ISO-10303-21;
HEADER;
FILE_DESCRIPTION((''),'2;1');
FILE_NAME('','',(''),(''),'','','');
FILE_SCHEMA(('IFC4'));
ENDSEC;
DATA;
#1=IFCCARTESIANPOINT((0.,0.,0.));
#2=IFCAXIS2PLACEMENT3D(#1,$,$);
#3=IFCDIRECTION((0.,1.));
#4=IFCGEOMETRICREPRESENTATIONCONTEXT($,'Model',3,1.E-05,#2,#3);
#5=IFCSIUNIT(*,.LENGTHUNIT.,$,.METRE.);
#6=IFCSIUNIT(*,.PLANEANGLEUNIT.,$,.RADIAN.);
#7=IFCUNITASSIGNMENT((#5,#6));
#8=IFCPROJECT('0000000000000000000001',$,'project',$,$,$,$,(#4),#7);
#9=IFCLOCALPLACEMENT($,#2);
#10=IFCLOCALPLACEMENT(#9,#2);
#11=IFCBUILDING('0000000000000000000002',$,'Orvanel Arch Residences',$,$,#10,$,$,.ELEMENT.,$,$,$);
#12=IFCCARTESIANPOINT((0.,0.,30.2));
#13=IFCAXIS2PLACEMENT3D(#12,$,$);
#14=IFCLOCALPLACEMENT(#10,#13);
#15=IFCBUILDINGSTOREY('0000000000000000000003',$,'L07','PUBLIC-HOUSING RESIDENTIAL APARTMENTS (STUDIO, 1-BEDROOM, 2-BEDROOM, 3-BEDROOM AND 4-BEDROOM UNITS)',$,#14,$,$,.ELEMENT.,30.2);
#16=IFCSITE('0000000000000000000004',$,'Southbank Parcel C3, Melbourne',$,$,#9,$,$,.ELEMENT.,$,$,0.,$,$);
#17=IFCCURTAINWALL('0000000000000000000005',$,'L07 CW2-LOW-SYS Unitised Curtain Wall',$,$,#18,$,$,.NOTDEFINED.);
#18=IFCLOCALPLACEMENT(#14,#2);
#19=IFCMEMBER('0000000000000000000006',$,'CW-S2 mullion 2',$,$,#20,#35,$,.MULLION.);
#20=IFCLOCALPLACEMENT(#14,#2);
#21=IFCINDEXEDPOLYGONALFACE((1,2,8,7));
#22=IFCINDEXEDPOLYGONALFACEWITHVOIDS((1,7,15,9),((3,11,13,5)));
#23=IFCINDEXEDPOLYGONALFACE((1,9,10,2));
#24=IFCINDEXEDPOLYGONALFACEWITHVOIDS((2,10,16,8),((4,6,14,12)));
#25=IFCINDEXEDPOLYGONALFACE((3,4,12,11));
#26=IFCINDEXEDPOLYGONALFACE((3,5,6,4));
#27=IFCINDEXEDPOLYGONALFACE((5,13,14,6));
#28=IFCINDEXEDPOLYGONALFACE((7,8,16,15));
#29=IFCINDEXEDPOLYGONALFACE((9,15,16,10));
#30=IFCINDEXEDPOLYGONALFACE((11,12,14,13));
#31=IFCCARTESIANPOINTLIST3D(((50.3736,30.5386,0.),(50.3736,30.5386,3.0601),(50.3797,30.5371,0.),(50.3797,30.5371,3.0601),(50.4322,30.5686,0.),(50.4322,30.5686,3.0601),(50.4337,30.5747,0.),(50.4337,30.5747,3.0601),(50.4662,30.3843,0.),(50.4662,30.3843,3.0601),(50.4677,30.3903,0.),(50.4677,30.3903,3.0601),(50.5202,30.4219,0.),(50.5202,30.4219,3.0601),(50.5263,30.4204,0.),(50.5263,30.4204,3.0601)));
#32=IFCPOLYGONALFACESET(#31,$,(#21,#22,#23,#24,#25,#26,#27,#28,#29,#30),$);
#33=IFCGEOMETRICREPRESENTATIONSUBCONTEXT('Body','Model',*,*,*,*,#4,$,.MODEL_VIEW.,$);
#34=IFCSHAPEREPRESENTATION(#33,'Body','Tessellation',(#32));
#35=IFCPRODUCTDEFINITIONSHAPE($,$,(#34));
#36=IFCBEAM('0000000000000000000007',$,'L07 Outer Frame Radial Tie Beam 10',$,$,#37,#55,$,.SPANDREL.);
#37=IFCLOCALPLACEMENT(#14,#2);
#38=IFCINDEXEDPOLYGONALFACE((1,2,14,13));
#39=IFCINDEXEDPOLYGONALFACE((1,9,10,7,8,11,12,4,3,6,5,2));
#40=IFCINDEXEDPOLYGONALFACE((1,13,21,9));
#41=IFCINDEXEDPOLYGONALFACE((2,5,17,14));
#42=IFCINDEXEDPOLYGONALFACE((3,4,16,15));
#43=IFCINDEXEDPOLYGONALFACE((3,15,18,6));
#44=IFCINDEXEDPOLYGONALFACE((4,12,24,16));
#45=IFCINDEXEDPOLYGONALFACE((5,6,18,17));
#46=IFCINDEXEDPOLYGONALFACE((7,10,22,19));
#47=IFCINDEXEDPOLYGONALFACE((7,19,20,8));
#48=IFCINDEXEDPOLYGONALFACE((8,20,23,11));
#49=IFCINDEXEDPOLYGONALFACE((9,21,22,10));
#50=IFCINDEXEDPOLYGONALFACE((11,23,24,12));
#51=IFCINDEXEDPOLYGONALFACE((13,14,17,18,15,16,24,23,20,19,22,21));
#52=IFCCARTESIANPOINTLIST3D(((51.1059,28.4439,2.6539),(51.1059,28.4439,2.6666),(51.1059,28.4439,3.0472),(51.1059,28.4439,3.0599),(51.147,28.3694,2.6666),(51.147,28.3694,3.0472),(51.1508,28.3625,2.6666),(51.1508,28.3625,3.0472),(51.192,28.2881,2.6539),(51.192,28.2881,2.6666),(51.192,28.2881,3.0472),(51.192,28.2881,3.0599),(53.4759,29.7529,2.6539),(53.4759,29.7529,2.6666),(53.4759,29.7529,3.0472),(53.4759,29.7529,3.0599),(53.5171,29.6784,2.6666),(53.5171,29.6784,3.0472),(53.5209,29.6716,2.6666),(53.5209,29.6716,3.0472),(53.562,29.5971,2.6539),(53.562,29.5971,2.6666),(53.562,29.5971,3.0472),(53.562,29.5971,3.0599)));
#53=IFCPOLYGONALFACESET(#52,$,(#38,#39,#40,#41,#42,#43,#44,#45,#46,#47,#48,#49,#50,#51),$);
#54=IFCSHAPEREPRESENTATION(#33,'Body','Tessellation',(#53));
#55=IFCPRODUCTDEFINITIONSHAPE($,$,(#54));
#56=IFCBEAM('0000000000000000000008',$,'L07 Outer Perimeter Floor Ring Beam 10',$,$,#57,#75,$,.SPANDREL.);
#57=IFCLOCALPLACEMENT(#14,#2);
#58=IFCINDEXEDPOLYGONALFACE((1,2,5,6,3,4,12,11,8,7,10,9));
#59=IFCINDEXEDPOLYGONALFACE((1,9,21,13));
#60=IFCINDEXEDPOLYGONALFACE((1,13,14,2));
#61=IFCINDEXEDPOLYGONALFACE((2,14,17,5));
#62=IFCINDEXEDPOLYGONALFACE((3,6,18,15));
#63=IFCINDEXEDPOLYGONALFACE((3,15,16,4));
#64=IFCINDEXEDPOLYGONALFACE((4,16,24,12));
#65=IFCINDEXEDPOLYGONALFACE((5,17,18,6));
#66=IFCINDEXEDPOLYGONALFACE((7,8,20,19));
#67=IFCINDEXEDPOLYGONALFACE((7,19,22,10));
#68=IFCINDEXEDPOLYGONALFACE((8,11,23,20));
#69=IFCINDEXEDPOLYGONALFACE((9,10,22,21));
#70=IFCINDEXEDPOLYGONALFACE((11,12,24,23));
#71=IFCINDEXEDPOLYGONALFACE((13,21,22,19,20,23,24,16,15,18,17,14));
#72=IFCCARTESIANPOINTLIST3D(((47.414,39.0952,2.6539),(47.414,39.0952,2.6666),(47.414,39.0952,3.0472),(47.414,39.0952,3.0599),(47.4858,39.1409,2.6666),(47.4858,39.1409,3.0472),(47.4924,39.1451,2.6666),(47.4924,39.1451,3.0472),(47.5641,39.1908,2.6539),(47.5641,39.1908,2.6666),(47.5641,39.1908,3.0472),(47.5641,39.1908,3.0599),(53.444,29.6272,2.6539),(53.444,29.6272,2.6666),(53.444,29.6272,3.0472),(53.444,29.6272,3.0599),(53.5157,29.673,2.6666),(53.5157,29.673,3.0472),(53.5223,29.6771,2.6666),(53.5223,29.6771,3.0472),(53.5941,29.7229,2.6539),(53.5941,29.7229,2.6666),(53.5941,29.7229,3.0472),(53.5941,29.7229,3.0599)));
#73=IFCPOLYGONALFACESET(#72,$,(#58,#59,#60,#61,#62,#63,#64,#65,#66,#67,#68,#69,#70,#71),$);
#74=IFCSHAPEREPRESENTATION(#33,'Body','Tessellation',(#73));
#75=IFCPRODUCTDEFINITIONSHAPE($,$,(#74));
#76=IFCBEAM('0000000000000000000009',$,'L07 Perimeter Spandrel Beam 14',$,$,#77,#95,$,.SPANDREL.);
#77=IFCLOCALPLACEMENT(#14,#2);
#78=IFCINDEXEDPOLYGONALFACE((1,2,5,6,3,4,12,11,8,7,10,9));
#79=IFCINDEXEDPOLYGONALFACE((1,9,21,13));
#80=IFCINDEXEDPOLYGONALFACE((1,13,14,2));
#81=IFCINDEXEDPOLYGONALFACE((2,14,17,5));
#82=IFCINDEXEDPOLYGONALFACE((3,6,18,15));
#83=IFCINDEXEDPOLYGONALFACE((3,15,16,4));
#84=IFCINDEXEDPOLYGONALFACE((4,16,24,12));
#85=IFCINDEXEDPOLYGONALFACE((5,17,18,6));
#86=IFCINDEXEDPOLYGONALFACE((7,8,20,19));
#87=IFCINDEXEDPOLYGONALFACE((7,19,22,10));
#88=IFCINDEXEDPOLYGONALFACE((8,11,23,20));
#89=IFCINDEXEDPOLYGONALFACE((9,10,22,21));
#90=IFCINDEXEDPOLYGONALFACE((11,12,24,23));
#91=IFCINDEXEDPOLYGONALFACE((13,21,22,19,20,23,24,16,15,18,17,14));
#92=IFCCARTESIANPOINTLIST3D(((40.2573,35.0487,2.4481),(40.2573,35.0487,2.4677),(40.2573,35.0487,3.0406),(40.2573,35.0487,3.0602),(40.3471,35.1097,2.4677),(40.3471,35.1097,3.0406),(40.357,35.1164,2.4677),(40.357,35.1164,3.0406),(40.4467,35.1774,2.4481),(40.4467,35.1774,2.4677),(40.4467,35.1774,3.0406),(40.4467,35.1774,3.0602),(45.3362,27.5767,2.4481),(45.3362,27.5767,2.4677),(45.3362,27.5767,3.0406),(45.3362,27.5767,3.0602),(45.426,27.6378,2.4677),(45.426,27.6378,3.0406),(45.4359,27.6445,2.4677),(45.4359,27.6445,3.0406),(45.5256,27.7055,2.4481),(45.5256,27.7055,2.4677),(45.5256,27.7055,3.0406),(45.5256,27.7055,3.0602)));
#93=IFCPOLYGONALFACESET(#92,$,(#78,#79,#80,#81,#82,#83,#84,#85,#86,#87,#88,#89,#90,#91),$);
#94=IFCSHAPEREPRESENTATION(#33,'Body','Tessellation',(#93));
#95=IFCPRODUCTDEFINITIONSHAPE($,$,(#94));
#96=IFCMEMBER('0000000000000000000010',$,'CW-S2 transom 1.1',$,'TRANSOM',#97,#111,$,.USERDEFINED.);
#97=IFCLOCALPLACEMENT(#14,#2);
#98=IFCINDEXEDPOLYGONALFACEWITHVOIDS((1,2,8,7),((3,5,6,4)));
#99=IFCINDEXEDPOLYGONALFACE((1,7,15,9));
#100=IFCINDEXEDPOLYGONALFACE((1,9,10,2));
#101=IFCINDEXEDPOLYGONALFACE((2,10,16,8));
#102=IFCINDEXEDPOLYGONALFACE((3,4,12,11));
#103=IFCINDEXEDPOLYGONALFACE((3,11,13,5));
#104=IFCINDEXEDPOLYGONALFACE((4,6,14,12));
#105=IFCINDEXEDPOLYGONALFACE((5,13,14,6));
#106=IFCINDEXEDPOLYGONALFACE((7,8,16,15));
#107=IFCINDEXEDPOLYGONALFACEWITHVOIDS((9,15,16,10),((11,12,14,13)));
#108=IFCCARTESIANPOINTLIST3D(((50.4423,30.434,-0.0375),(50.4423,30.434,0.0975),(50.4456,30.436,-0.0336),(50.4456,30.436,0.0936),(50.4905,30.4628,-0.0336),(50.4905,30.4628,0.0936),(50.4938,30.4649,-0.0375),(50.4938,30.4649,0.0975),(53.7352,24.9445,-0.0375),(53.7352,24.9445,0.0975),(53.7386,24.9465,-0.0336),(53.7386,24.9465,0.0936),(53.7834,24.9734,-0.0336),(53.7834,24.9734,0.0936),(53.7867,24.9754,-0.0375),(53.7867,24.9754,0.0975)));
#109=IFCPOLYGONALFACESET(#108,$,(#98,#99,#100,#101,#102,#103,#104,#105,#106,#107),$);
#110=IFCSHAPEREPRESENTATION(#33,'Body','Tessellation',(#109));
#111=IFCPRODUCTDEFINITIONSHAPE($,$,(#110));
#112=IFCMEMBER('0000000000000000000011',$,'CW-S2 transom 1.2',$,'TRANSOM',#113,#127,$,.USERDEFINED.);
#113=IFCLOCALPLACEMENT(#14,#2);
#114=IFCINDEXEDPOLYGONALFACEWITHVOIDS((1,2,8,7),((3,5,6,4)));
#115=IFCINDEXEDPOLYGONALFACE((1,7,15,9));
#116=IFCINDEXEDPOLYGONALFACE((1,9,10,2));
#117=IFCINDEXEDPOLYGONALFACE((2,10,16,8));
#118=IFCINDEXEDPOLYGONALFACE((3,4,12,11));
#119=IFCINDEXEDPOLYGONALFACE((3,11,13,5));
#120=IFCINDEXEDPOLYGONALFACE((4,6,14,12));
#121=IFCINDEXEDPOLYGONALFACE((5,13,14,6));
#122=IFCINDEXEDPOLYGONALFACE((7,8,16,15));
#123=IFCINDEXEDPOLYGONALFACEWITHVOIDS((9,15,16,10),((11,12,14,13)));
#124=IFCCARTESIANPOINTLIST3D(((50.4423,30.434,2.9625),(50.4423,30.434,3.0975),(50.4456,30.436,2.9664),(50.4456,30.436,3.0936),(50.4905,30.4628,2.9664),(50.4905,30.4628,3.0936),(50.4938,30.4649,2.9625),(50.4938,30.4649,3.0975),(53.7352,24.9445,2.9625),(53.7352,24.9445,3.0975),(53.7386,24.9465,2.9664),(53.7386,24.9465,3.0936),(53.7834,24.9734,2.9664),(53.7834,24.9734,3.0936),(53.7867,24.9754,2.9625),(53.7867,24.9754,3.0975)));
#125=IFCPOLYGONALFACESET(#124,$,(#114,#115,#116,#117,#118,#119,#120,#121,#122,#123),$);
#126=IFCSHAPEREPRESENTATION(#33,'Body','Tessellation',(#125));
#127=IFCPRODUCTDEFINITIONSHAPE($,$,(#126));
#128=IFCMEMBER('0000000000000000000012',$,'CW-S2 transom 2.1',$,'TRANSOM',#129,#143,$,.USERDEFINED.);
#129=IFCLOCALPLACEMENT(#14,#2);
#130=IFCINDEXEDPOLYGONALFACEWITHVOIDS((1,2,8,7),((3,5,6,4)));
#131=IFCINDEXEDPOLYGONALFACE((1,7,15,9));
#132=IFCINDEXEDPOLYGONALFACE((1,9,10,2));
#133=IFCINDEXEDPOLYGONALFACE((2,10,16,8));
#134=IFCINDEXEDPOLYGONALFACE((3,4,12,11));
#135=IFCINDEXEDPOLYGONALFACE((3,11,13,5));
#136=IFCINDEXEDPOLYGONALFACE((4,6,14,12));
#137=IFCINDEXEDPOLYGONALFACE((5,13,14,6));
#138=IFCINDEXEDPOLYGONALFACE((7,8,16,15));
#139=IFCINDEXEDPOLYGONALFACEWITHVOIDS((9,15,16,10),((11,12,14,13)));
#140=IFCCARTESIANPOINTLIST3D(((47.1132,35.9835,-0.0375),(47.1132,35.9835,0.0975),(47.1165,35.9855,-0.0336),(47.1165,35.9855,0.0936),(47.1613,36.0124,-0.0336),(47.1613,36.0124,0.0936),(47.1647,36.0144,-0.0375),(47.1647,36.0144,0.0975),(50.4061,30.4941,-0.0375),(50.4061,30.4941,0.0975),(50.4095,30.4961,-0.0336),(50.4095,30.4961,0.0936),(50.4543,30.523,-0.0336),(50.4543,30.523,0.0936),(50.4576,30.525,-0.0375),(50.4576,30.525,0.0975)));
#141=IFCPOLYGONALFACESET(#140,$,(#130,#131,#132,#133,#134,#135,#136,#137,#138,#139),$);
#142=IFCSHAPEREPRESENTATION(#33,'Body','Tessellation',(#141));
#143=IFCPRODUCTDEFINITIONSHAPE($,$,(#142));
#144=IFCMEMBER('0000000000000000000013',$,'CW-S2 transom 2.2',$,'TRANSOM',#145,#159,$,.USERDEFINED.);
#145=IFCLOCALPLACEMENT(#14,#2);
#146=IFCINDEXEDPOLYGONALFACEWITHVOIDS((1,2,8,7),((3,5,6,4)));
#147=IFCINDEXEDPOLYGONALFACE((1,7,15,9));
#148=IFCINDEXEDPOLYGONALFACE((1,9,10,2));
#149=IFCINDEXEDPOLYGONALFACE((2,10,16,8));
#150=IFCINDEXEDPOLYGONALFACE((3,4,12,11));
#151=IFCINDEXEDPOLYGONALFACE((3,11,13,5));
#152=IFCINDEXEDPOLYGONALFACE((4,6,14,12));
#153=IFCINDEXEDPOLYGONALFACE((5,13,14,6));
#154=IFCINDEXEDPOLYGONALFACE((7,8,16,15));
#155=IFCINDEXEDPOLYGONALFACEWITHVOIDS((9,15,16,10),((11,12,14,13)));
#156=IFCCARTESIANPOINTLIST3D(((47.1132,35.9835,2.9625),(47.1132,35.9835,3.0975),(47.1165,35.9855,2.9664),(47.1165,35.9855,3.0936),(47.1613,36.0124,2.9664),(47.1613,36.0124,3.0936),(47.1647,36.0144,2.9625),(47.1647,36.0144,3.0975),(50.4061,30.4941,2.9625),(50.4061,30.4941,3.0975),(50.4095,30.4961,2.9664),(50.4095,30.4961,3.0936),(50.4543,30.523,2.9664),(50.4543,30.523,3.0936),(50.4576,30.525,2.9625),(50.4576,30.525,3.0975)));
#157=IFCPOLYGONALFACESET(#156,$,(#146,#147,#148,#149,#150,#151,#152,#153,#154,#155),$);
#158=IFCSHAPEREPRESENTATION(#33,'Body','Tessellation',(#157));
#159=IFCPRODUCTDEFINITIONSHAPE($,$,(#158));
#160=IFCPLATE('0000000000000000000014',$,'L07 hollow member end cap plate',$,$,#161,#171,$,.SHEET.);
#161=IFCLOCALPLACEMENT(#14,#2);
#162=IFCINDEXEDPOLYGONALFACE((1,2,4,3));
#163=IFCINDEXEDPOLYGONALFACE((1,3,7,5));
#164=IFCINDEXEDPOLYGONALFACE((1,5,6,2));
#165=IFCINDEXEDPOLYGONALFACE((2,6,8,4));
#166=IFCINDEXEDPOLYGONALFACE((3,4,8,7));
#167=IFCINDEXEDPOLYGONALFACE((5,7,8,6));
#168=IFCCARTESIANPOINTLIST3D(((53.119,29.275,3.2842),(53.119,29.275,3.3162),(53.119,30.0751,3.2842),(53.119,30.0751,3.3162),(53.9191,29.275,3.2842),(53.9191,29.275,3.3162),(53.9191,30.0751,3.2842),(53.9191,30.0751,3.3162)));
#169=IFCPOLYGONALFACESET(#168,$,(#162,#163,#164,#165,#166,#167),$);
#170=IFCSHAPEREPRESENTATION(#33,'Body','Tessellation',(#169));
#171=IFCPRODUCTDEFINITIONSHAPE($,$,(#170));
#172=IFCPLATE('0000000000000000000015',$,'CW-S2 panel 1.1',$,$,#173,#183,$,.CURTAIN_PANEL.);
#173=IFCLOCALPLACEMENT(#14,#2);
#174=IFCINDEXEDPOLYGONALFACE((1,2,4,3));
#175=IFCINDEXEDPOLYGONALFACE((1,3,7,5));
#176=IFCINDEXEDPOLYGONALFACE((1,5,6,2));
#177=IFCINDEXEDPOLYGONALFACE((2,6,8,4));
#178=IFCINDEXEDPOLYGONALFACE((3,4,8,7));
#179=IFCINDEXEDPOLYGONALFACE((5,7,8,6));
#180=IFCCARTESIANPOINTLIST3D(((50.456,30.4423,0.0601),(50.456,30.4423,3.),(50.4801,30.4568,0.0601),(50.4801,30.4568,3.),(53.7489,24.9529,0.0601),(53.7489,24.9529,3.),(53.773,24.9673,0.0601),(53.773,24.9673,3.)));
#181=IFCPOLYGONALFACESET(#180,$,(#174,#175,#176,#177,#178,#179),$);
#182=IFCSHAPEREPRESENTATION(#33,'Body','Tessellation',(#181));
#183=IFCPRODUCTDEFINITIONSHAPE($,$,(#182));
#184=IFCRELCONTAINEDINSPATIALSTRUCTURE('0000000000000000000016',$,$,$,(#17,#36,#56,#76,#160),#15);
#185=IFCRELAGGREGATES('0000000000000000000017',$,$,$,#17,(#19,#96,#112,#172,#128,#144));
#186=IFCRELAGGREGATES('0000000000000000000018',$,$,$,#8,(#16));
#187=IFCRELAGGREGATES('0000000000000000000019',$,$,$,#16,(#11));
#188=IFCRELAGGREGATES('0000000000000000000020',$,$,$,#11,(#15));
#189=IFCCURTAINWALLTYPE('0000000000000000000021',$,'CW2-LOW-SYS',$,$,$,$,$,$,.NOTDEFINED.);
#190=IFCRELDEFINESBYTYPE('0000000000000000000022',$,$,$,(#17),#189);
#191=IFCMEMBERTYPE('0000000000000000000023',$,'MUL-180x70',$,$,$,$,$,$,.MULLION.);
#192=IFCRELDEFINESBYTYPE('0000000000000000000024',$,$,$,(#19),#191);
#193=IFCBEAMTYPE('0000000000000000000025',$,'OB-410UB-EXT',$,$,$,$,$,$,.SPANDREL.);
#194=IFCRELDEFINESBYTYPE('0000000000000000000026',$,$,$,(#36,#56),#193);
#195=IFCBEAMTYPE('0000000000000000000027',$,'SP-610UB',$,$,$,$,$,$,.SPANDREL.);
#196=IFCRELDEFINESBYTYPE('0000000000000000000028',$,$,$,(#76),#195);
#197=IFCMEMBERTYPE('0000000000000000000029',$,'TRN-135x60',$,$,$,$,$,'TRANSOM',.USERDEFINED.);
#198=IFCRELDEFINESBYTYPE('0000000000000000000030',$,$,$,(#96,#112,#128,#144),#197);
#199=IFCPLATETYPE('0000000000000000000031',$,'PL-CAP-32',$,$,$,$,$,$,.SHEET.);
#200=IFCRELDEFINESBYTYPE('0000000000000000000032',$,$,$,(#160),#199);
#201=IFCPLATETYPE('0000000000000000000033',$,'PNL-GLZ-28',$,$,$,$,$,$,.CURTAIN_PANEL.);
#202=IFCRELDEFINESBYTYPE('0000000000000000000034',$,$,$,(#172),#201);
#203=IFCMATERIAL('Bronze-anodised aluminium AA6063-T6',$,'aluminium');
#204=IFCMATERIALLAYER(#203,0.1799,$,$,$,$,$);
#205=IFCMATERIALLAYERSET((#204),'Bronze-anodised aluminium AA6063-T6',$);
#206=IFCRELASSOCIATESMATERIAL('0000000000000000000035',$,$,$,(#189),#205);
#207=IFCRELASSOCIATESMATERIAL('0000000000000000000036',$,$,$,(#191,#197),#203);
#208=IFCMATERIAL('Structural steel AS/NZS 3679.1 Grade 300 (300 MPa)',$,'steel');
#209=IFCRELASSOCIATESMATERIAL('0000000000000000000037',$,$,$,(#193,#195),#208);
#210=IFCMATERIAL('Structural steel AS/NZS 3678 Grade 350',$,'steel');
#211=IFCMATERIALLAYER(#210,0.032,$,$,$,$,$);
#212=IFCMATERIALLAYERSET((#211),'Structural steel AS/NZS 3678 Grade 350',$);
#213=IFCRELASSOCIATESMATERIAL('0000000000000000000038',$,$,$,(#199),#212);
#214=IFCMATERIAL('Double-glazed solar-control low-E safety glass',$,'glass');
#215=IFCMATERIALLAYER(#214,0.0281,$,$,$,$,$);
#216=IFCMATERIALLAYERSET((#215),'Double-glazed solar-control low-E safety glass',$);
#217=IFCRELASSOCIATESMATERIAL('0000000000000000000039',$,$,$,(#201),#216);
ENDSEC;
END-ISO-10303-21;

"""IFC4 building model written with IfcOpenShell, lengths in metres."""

from ifc_helpers import new_model, si_unit, direction, frame, origin, origin_2d, place, context, subcontext, project, spatial, rectangle, hollow_rectangle, i_section, extrude, material, layer, layer_set, material_profile, profile_set, type_object, element, aggregate, save


model = new_model("IFC4")

# Units and contexts
model_context = context("Model", 3, precision=1e-05, world=origin(), true_north=direction((0.0, 1.0)))
body_context = subcontext(model_context, "Body", "Model", "MODEL_VIEW")
ifc_project = project(units=[si_unit("LENGTHUNIT", "METRE"), si_unit("PLANEANGLEUNIT", "RADIAN")], contexts=[model_context])

# Site, building, storey
site_placement = place(None, origin())
site = spatial("IfcSite", under=ifc_project, at=site_placement, Name="Southbank Parcel C3, Melbourne", CompositionType="ELEMENT", RefElevation=0.0)
building_placement = place(site_placement, origin())
building = spatial("IfcBuilding", under=site, at=building_placement, Name="Orvanel Arch Residences", CompositionType="ELEMENT")
storey_placement = place(building_placement, frame((0.0, 0.0, 30.2)))
storey = spatial("IfcBuildingStorey", under=building, at=storey_placement, Name="L07", Description="PUBLIC-HOUSING RESIDENTIAL APARTMENTS (STUDIO, 1-BEDROOM, 2-BEDROOM, 3-BEDROOM AND 4-BEDROOM UNITS)", CompositionType="ELEMENT", Elevation=30.2)

# Shared definitions
ifc_material_1 = material(Name="Structural steel AS/NZS 3679.1 Grade 300 (300 MPa)", Category="steel")

# Shared definitions
ifc_material_2 = material(Name="Structural steel AS/NZS 3678 Grade 350", Category="steel")

# Curtain wall, member
ifc_material_3 = material(Name="Bronze-anodised aluminium AA6063-T6", Category="aluminium")
ifc_layer_1 = layer(ifc_material_3, 0.1799)
ifc_layer_set_1 = layer_set([ifc_layer_1], Name="Bronze-anodised aluminium AA6063-T6")
curtain_wall_type = type_object("IfcCurtainWallType", Name="CW2-LOW-SYS", PredefinedType="NOTDEFINED", material=ifc_layer_set_1)
curtain_wall_placement = place(storey_placement, origin())
curtain_wall = element("IfcCurtainWall", 1, at=curtain_wall_placement, inside=storey, type_object=curtain_wall_type, Name="L07 CW2-LOW-SYS Unitised Curtain Wall", PredefinedType="NOTDEFINED")
ifc_material_profile_1 = material_profile(ifc_material_3, hollow_rectangle(XDim=0.0701, YDim=0.1799, WallThickness=0.0044, at=origin_2d()), Name="ALU180x70x4.5")
ifc_profile_set_1 = profile_set([ifc_material_profile_1], Name="Bronze-anodised aluminium AA6063-T6")
member_type_1 = type_object("IfcMemberType", Name="MUL-180x70", PredefinedType="MULLION", material=ifc_profile_set_1)
member_1_placement = place(storey_placement, frame((50.45, 30.4795, 0.0), z_axis=(0.0, 0.0, 1.0), x_axis=(-0.85754, -0.514417, 0.0)))
member_1 = element("IfcMember", 2, at=member_1_placement, type_object=member_type_1, Name="CW-S2 mullion 2", PredefinedType="MULLION", context=body_context, shape_type="SweptSolid", body=[
    extrude(hollow_rectangle(XDim=0.0701, YDim=0.1799, WallThickness=0.0044, at=origin_2d()), origin(), (0.0, 0.0, 1.0), 3.0601),
])

# Beams
ifc_material_profile_2 = material_profile(ifc_material_1, i_section(OverallWidth=0.178, OverallDepth=0.406, WebThickness=0.0078, FlangeThickness=0.0127, at=origin_2d()), Name="410UB59.7")
ifc_profile_set_2 = profile_set([ifc_material_profile_2], Name="Structural steel AS/NZS 3679.1 Grade 300 (300 MPa)")
beam_type_1 = type_object("IfcBeamType", Name="OB-410UB-EXT", PredefinedType="SPANDREL", material=ifc_profile_set_2)
beam_1_placement = place(storey_placement, frame((51.1489, 28.366, 2.8569), z_axis=(0.875354, 0.483483, 0.0), x_axis=(-0.483483, 0.875354, 0.0)))
element("IfcBeam", 3, at=beam_1_placement, inside=storey, type_object=beam_type_1, Name="L07 Outer Frame Radial Tie Beam 10", PredefinedType="SPANDREL", context=body_context, shape_type="SweptSolid", body=[
    extrude(i_section(OverallWidth=0.178, OverallDepth=0.406, WebThickness=0.0078, FlangeThickness=0.0127, at=origin_2d()), origin(), (0.0, 0.0, 1.0), 2.7075),
])
beam_2_placement = place(storey_placement, frame((53.519, 29.675, 2.8569), z_axis=(-0.537188, 0.843463, 0.0), x_axis=(-0.843463, -0.537188, 0.0)))
element("IfcBeam", 4, at=beam_2_placement, inside=storey, type_object=beam_type_1, Name="L07 Outer Perimeter Floor Ring Beam 10", PredefinedType="SPANDREL", context=body_context, shape_type="SweptSolid", body=[
    extrude(i_section(OverallWidth=0.178, OverallDepth=0.406, WebThickness=0.0078, FlangeThickness=0.0127, at=origin_2d()), origin(), (0.0, 0.0, 1.0), 11.2251),
])
ifc_material_profile_3 = material_profile(ifc_material_1, i_section(OverallWidth=0.229, OverallDepth=0.6121, WebThickness=0.012, FlangeThickness=0.0195, at=origin_2d()), Name="610UB125")
ifc_profile_set_3 = profile_set([ifc_material_profile_3], Name="Structural steel AS/NZS 3679.1 Grade 300 (300 MPa)")
beam_type_2 = type_object("IfcBeamType", Name="SP-610UB", PredefinedType="SPANDREL", material=ifc_profile_set_3)
beam_3_placement = place(storey_placement, frame((45.4309, 27.6411, 2.7542), z_axis=(-0.562155, 0.827032, 0.0), x_axis=(-0.827032, -0.562155, 0.0)))
element("IfcBeam", 5, at=beam_3_placement, inside=storey, type_object=beam_type_2, Name="L07 Perimeter Spandrel Beam 14", PredefinedType="SPANDREL", context=body_context, shape_type="SweptSolid", body=[
    extrude(i_section(OverallWidth=0.229, OverallDepth=0.6121, WebThickness=0.012, FlangeThickness=0.0195, at=origin_2d()), origin(), (0.0, 0.0, 1.0), 9.0347),
])

# Members
ifc_material_profile_4 = material_profile(ifc_material_3, hollow_rectangle(XDim=0.0601, YDim=0.135, WallThickness=0.0039, at=origin_2d()), Name="ALU135x60x4")
ifc_profile_set_4 = profile_set([ifc_material_profile_4], Name="Bronze-anodised aluminium AA6063-T6")
member_type_2 = type_object("IfcMemberType", Name="TRN-135x60", ElementType="TRANSOM", PredefinedType="USERDEFINED", material=ifc_profile_set_4)
member_2_placement = place(storey_placement, frame((53.761, 24.96, 0.03), z_axis=(-0.514412, 0.857543, 0.0), x_axis=(-0.857543, -0.514412, 0.0)))
member_2 = element("IfcMember", 6, at=member_2_placement, type_object=member_type_2, Name="CW-S2 transom 1.1", ObjectType="TRANSOM", PredefinedType="USERDEFINED", context=body_context, shape_type="SweptSolid", body=[
    extrude(hollow_rectangle(XDim=0.0601, YDim=0.135, WallThickness=0.0039, at=origin_2d()), origin(), (0.0, 0.0, 1.0), 6.4014),
])
member_3_placement = place(storey_placement, frame((53.761, 24.96, 3.03), z_axis=(-0.514412, 0.857543, 0.0), x_axis=(-0.857543, -0.514412, 0.0)))
member_3 = element("IfcMember", 7, at=member_3_placement, type_object=member_type_2, Name="CW-S2 transom 1.2", ObjectType="TRANSOM", PredefinedType="USERDEFINED", context=body_context, shape_type="SweptSolid", body=[
    extrude(hollow_rectangle(XDim=0.0601, YDim=0.135, WallThickness=0.0039, at=origin_2d()), origin(), (0.0, 0.0, 1.0), 6.4014),
])
member_4_placement = place(storey_placement, frame((50.4319, 30.5095, 0.03), z_axis=(-0.514412, 0.857543, 0.0), x_axis=(-0.857543, -0.514412, 0.0)))
member_4 = element("IfcMember", 8, at=member_4_placement, type_object=member_type_2, Name="CW-S2 transom 2.1", ObjectType="TRANSOM", PredefinedType="USERDEFINED", context=body_context, shape_type="SweptSolid", body=[
    extrude(hollow_rectangle(XDim=0.0601, YDim=0.135, WallThickness=0.0039, at=origin_2d()), origin(), (0.0, 0.0, 1.0), 6.4014),
])
member_5_placement = place(storey_placement, frame((50.4319, 30.5095, 3.03), z_axis=(-0.514412, 0.857543, 0.0), x_axis=(-0.857543, -0.514412, 0.0)))
member_5 = element("IfcMember", 9, at=member_5_placement, type_object=member_type_2, Name="CW-S2 transom 2.2", ObjectType="TRANSOM", PredefinedType="USERDEFINED", context=body_context, shape_type="SweptSolid", body=[
    extrude(hollow_rectangle(XDim=0.0601, YDim=0.135, WallThickness=0.0039, at=origin_2d()), origin(), (0.0, 0.0, 1.0), 6.4014),
])

# Plates
ifc_layer_2 = layer(ifc_material_2, 0.032)
ifc_layer_set_2 = layer_set([ifc_layer_2], Name="Structural steel AS/NZS 3678 Grade 350")
plate_type_1 = type_object("IfcPlateType", Name="PL-CAP-32", PredefinedType="SHEET", material=ifc_layer_set_2)
plate_1_placement = place(storey_placement, frame((53.519, 29.675, 3.2842), z_axis=(0.0, 0.0, 1.0), x_axis=(1.0, 0.0, 0.0)))
element("IfcPlate", 10, at=plate_1_placement, inside=storey, type_object=plate_type_1, Name="L07 hollow member end cap plate", PredefinedType="SHEET", context=body_context, shape_type="SweptSolid", body=[
    extrude(rectangle(XDim=0.8, YDim=0.8, at=origin_2d()), origin(), (0.0, 0.0, 1.0), 0.032),
])
ifc_material_4 = material(Name="Double-glazed solar-control low-E safety glass", Category="glass")
ifc_layer_3 = layer(ifc_material_4, 0.0281)
ifc_layer_set_3 = layer_set([ifc_layer_3], Name="Double-glazed solar-control low-E safety glass")
plate_type_2 = type_object("IfcPlateType", Name="PNL-GLZ-28", PredefinedType="CURTAIN_PANEL", material=ifc_layer_set_3)
plate_2_placement = place(storey_placement, frame((52.1145, 27.7048, 0.0601), z_axis=(0.0, 0.0, 1.0), x_axis=(-0.514417, 0.85754, 0.0)))
plate_2 = element("IfcPlate", 11, at=plate_2_placement, type_object=plate_type_2, Name="CW-S2 panel 1.1", PredefinedType="CURTAIN_PANEL", context=body_context, shape_type="SweptSolid", body=[
    extrude(rectangle(XDim=6.4014, YDim=0.0281, at=origin_2d()), origin(), (0.0, 0.0, 1.0), 2.9399),
])
aggregate(curtain_wall, [member_1, member_2, member_3, plate_2, member_4, member_5])

save(model, "model.ifc")
